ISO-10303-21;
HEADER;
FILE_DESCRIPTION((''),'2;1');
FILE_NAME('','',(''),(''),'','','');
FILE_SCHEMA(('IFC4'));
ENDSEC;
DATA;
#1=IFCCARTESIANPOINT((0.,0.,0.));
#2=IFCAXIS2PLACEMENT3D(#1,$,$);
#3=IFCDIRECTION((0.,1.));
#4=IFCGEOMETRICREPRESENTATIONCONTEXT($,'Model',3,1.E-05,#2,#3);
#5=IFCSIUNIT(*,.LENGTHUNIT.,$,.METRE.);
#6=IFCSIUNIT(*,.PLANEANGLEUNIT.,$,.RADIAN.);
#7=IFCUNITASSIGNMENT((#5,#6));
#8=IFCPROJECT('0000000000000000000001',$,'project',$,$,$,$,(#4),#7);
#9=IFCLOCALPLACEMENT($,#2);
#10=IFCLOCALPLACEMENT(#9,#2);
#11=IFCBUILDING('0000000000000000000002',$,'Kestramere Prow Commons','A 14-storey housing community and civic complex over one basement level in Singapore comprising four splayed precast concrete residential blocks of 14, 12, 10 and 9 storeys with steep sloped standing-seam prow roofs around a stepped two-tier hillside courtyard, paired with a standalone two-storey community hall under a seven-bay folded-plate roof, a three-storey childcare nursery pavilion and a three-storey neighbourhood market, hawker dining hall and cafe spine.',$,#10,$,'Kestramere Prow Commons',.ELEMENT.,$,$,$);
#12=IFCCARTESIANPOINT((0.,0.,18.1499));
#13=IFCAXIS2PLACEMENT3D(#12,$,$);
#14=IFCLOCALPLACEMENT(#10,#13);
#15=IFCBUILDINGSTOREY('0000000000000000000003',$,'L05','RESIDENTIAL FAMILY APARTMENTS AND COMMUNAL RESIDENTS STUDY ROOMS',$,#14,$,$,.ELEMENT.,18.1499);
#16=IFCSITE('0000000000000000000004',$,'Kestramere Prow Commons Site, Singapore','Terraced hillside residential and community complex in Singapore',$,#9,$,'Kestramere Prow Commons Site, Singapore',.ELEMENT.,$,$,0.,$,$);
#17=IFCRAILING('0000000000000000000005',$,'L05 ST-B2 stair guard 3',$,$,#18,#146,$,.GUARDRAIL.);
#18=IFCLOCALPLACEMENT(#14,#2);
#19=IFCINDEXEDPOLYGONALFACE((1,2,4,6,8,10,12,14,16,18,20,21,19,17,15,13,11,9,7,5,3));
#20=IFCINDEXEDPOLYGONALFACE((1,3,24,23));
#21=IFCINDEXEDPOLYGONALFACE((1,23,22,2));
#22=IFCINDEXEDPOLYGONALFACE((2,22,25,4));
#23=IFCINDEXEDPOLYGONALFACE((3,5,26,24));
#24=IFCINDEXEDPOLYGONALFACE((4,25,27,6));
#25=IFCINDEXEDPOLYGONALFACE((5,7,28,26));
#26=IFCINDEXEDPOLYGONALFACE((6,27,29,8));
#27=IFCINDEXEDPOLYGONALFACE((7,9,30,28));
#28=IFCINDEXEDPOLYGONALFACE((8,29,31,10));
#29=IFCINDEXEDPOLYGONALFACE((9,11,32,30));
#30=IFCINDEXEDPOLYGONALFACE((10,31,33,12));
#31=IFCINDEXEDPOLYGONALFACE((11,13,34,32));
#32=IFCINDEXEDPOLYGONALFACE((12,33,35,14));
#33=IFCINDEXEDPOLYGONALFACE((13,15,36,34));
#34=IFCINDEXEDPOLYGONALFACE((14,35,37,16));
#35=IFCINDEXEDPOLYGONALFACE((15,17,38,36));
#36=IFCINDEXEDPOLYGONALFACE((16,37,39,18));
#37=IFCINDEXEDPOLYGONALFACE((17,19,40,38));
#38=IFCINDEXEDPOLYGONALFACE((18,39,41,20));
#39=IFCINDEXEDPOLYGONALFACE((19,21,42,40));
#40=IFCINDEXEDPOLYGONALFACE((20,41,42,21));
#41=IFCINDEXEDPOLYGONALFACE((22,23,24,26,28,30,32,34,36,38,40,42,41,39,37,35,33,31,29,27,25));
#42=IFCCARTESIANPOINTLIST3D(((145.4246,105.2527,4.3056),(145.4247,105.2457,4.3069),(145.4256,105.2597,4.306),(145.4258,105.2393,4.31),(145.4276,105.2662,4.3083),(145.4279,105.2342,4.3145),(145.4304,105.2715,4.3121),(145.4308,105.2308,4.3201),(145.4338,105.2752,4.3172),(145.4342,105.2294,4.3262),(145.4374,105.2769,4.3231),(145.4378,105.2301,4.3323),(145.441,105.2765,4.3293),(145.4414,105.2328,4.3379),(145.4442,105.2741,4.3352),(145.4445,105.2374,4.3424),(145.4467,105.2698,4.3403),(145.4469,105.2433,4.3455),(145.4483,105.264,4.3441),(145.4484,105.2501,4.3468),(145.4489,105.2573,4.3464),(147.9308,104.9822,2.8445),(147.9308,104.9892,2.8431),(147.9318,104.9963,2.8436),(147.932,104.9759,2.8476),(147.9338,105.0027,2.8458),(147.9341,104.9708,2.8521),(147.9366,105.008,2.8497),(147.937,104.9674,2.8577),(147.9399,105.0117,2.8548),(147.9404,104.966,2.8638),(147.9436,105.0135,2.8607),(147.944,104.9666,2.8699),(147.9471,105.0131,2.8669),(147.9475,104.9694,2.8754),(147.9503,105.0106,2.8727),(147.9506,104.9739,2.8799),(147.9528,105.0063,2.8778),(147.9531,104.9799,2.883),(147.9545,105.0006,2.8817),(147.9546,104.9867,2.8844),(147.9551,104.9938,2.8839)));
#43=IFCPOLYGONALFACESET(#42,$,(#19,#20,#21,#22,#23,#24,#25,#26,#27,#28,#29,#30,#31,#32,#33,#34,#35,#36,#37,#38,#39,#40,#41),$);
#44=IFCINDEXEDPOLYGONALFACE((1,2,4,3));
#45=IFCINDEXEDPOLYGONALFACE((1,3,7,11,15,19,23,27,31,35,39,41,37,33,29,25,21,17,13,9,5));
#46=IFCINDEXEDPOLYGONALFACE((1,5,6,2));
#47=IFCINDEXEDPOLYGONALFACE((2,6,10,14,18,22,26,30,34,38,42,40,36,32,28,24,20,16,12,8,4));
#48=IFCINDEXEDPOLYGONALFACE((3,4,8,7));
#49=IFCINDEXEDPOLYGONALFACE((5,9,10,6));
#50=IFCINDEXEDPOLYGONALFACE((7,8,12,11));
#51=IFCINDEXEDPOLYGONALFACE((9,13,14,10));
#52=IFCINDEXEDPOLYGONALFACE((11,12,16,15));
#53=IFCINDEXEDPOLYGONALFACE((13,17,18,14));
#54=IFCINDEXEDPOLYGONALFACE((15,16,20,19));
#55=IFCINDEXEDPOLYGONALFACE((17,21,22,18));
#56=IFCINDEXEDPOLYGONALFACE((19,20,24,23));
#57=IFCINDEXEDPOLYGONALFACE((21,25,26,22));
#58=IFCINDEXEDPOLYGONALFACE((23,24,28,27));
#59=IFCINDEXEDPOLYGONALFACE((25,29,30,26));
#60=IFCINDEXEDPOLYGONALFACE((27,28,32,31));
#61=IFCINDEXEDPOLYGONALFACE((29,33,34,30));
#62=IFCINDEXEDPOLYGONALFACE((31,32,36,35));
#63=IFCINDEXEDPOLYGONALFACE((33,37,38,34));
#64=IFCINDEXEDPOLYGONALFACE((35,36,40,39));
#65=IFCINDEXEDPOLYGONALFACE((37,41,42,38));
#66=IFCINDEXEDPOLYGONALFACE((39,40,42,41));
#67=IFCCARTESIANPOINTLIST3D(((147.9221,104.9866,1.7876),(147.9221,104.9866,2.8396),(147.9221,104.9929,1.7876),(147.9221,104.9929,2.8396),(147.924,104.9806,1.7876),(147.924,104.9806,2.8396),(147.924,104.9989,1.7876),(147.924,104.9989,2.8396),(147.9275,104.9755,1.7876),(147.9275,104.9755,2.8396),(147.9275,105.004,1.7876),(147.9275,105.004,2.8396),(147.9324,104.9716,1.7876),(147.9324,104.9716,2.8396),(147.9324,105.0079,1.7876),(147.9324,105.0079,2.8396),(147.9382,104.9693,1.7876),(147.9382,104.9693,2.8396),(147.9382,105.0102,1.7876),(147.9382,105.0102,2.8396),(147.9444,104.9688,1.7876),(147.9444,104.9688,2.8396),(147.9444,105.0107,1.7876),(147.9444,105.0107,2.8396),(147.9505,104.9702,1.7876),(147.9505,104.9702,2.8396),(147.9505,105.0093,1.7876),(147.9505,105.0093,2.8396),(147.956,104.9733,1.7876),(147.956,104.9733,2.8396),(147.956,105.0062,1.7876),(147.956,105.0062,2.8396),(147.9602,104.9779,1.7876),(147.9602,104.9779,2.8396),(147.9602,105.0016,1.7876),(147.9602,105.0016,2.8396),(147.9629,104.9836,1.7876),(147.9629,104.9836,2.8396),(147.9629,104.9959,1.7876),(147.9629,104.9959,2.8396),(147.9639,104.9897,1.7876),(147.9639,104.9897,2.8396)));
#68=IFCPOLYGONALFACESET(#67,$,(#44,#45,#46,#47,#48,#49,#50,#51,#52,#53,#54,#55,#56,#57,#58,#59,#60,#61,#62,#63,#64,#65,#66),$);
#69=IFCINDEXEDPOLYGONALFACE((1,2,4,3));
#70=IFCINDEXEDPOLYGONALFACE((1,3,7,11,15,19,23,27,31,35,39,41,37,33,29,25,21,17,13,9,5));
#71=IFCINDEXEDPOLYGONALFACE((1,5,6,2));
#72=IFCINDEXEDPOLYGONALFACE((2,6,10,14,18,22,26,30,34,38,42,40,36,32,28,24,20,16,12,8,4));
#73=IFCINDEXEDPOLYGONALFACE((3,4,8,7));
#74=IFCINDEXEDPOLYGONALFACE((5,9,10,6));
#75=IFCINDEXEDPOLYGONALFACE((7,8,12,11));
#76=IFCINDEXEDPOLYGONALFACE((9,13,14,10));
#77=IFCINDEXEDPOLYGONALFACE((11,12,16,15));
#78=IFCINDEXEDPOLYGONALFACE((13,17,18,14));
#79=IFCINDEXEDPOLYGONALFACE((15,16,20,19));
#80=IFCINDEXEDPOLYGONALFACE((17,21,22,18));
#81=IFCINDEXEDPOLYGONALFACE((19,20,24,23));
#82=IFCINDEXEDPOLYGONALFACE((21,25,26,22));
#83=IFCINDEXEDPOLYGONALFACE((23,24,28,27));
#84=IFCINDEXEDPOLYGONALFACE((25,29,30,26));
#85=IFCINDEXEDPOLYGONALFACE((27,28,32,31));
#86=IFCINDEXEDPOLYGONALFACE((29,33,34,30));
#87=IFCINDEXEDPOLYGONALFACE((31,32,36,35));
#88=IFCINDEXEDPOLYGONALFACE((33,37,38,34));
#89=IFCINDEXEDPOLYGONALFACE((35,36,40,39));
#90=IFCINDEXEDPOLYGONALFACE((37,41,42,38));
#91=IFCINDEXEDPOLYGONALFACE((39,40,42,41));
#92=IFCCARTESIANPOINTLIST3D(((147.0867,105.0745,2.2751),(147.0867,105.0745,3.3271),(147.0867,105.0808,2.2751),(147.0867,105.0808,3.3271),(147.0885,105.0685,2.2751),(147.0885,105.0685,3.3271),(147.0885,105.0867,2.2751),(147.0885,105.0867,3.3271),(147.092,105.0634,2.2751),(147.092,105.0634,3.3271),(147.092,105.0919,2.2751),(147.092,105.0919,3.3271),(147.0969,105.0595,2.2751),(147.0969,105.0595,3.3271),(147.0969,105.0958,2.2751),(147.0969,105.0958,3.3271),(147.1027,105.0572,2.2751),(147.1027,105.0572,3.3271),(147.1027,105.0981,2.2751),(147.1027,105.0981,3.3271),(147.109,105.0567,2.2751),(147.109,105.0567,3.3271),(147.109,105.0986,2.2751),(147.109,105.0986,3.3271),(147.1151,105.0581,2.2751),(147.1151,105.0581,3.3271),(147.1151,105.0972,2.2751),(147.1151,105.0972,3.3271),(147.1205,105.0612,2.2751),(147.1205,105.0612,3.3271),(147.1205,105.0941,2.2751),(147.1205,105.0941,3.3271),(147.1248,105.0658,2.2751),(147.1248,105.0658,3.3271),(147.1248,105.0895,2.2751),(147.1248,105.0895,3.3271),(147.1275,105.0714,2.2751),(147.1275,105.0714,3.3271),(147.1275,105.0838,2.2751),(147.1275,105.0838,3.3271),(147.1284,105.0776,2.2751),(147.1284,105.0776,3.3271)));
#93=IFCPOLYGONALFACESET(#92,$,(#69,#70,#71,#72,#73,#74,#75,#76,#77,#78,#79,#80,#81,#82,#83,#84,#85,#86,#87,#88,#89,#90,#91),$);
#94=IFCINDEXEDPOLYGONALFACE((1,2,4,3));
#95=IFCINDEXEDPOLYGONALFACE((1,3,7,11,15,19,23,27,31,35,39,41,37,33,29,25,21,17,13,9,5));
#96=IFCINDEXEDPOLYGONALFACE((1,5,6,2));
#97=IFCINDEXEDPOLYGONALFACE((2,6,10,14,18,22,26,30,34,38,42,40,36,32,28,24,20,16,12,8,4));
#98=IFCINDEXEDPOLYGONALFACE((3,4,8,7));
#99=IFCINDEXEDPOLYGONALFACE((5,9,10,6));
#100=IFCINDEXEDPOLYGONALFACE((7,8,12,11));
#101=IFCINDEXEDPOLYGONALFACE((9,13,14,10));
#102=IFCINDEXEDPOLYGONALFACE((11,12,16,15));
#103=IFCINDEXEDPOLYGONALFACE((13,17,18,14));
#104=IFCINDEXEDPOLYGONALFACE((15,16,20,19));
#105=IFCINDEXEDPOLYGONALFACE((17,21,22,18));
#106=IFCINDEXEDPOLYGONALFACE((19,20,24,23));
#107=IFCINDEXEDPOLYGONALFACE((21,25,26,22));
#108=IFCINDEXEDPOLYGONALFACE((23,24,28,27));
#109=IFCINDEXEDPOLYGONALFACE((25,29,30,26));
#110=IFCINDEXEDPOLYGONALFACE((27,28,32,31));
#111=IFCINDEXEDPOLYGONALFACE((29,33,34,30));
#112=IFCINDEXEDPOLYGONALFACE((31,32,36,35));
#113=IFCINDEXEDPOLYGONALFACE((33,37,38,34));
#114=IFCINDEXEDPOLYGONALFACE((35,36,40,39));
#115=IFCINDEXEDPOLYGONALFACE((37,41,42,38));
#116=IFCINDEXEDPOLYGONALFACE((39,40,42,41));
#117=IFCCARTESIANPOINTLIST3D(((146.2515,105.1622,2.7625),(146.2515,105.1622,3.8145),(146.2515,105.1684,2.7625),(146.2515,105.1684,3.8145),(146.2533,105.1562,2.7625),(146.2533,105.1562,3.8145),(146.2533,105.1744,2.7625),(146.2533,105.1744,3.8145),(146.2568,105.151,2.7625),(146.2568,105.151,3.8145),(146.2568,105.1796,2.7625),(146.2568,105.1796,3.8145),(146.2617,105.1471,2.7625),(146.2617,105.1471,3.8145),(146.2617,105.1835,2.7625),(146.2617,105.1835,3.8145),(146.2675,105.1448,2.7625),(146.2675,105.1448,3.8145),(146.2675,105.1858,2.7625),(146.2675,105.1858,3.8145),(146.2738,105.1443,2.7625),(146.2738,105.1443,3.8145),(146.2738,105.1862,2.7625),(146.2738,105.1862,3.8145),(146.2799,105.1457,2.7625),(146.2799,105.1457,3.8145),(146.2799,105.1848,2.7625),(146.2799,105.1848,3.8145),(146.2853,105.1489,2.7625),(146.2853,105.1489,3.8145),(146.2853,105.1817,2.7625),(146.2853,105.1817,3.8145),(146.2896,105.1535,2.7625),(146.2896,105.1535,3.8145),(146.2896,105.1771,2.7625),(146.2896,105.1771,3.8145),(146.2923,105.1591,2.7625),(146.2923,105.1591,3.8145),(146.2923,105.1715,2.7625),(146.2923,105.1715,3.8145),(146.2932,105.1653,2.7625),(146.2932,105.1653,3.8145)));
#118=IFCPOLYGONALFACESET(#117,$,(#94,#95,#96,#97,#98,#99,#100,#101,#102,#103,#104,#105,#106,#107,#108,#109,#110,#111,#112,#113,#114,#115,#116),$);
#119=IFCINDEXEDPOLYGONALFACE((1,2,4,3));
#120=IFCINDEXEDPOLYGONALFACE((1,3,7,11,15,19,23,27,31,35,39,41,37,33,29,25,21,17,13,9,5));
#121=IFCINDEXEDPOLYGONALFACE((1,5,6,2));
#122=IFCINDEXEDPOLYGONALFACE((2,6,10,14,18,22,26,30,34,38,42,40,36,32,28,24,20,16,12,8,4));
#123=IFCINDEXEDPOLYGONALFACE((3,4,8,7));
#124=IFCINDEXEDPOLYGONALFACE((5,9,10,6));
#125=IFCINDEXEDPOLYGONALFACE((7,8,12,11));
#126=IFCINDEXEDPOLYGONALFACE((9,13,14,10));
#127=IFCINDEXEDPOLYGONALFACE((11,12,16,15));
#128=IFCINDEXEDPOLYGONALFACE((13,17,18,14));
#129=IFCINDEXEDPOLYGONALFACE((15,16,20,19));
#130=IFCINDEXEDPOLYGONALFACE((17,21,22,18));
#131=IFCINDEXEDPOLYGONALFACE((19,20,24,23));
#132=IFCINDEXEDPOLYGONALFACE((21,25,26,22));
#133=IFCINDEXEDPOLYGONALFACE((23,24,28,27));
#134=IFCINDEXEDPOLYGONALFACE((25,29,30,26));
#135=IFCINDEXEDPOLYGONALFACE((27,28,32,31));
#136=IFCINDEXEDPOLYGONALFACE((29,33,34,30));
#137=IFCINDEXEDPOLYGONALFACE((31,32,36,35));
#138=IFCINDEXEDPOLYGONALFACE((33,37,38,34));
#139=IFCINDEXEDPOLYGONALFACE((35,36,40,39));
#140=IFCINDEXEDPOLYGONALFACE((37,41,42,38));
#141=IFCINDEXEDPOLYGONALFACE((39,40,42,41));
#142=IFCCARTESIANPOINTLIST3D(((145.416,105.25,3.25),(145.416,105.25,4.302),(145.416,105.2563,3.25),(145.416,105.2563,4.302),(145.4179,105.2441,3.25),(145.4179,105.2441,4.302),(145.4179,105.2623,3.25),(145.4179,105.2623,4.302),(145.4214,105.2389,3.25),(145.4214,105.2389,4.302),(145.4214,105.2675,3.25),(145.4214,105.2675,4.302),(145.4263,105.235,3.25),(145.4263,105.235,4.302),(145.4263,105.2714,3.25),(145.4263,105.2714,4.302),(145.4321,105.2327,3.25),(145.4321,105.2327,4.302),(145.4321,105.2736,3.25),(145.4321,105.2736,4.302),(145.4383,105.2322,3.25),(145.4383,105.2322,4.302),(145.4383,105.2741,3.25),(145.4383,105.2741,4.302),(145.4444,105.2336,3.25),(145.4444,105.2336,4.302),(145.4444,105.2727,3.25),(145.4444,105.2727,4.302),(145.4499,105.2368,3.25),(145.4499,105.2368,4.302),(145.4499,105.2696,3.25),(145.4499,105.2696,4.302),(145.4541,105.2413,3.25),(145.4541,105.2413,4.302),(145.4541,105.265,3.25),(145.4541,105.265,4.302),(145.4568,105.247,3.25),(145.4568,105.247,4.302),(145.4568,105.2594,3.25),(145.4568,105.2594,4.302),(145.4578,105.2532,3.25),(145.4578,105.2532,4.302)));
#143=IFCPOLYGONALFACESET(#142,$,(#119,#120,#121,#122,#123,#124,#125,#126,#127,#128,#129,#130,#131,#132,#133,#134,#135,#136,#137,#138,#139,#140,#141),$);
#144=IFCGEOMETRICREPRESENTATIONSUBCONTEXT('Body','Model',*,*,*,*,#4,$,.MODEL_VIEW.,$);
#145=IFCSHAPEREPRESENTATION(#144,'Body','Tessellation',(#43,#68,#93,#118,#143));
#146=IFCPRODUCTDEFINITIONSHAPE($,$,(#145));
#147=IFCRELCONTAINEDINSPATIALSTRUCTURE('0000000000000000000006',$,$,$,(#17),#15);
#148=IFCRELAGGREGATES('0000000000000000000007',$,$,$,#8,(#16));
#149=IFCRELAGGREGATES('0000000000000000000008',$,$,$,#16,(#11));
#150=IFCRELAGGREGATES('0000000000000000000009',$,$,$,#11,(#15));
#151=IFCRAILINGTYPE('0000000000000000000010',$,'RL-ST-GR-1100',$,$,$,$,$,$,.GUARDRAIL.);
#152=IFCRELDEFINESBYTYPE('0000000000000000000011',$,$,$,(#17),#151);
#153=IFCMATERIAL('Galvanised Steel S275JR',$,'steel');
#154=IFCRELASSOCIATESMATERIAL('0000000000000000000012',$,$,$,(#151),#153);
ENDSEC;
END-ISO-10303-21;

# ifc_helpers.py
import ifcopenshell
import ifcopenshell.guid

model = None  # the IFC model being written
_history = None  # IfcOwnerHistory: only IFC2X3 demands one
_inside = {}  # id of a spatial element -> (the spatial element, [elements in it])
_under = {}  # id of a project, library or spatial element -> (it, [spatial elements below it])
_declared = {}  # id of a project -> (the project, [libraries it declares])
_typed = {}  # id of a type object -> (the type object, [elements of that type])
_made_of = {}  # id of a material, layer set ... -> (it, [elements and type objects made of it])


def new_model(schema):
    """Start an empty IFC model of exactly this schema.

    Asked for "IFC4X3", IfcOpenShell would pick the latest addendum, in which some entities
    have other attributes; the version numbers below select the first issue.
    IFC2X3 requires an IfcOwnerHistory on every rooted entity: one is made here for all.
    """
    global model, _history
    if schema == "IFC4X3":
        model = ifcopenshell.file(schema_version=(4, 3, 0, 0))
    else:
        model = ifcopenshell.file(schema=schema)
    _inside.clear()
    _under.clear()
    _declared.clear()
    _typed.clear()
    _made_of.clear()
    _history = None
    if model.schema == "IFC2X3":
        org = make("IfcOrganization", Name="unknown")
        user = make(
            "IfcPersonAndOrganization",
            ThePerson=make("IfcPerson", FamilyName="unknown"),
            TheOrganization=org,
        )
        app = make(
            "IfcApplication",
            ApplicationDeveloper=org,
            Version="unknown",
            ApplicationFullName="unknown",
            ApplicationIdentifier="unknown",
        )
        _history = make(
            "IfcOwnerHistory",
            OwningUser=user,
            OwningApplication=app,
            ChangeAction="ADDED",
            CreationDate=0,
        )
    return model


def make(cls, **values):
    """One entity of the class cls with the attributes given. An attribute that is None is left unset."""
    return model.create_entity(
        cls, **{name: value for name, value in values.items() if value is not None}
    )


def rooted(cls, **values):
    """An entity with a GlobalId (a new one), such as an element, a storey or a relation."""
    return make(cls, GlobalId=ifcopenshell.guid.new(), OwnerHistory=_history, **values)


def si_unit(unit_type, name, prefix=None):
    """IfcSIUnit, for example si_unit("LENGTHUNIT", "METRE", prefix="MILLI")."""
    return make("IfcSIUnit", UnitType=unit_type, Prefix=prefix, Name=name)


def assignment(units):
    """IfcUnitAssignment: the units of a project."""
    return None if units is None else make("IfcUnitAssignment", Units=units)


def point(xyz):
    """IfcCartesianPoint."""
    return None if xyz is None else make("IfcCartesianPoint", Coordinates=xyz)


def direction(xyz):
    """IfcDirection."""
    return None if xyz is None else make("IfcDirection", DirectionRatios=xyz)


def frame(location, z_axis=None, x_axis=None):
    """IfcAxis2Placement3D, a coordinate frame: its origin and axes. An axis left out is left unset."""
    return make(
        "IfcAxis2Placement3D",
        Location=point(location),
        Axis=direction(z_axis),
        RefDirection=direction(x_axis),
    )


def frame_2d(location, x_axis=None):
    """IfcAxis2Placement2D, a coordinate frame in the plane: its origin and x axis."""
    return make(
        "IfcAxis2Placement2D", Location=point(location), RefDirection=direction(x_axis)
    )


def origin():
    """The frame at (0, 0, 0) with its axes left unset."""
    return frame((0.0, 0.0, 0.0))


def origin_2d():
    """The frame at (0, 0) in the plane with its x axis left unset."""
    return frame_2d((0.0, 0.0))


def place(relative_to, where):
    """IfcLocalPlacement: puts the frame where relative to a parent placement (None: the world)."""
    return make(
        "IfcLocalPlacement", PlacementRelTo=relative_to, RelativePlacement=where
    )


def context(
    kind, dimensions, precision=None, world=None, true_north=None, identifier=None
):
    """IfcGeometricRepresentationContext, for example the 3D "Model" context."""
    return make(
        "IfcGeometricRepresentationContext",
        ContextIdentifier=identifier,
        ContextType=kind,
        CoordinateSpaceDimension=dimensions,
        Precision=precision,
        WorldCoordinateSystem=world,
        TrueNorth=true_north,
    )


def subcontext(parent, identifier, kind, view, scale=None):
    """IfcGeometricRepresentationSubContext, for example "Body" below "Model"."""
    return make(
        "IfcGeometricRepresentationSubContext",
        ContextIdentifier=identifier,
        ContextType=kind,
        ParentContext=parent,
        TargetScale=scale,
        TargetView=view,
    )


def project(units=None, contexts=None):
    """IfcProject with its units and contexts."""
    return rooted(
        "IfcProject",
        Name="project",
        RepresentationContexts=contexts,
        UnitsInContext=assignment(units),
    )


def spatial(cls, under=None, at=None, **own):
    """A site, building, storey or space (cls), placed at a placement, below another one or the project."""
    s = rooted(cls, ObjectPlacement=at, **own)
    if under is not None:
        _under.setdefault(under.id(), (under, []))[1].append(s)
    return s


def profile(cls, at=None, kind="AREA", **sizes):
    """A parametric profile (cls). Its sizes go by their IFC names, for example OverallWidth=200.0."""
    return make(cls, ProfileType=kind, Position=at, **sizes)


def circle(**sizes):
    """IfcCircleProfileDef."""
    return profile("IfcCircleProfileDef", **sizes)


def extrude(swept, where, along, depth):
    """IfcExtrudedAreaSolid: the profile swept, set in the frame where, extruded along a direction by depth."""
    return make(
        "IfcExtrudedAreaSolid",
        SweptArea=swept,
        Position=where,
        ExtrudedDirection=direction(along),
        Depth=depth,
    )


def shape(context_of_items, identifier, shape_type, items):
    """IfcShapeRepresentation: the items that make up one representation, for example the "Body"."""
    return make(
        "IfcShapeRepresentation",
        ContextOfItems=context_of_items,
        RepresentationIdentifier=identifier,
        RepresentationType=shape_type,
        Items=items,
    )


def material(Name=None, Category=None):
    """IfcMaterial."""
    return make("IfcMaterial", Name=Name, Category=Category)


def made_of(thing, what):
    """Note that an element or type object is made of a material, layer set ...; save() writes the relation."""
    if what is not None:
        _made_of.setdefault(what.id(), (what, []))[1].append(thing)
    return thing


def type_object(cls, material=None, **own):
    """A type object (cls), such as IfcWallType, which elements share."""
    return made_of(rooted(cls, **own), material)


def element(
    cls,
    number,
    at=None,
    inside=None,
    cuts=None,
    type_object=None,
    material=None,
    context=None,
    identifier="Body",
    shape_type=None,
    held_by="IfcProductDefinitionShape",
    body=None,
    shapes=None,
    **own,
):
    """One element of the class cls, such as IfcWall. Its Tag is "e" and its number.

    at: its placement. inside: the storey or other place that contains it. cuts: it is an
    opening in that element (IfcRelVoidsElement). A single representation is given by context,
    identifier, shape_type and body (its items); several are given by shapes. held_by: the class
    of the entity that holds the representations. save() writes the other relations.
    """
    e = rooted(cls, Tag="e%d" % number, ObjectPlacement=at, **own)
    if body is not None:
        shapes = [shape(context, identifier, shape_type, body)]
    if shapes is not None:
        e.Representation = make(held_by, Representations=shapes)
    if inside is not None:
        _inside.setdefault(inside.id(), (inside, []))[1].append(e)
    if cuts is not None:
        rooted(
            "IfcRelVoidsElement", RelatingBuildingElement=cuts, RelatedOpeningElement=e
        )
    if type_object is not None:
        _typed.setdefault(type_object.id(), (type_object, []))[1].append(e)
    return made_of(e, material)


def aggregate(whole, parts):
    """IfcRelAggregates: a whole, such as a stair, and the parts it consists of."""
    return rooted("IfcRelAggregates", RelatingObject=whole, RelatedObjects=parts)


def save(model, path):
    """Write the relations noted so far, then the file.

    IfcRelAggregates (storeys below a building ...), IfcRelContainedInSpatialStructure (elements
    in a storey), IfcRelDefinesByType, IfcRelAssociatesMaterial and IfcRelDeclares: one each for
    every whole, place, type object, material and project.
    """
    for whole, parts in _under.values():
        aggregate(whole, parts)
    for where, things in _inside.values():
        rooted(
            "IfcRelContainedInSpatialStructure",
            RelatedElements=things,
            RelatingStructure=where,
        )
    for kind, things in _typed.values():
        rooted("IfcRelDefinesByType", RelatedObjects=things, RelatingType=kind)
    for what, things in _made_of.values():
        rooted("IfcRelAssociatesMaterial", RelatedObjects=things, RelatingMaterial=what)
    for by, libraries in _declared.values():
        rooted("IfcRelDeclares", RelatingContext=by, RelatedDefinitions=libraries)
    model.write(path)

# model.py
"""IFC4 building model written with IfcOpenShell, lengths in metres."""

from ifc_helpers import new_model, si_unit, direction, frame, origin, origin_2d, place, context, subcontext, project, spatial, circle, extrude, material, type_object, element, save


model = new_model("IFC4")

# Units and contexts
model_context = context("Model", 3, precision=1e-05, world=origin(), true_north=direction((0.0, 1.0)))
body_context = subcontext(model_context, "Body", "Model", "MODEL_VIEW")
ifc_project = project(units=[si_unit("LENGTHUNIT", "METRE"), si_unit("PLANEANGLEUNIT", "RADIAN")], contexts=[model_context])

# Site, building, storey
site_placement = place(None, origin())
site = spatial("IfcSite", under=ifc_project, at=site_placement, Name="Kestramere Prow Commons Site, Singapore", Description="Terraced hillside residential and community complex in Singapore", LongName="Kestramere Prow Commons Site, Singapore", CompositionType="ELEMENT", RefElevation=0.0)
building_placement = place(site_placement, origin())
building = spatial("IfcBuilding", under=site, at=building_placement, Name="Kestramere Prow Commons", Description="A 14-storey housing community and civic complex over one basement level in Singapore comprising four splayed precast concrete residential blocks of 14, 12, 10 and 9 storeys with steep sloped standing-seam prow roofs around a stepped two-tier hillside courtyard, paired with a standalone two-storey community hall under a seven-bay folded-plate roof, a three-storey childcare nursery pavilion and a three-storey neighbourhood market, hawker dining hall and cafe spine.", LongName="Kestramere Prow Commons", CompositionType="ELEMENT")
storey_placement = place(building_placement, frame((0.0, 0.0, 18.1499)))
storey = spatial("IfcBuildingStorey", under=building, at=storey_placement, Name="L05", Description="RESIDENTIAL FAMILY APARTMENTS AND COMMUNAL RESIDENTS STUDY ROOMS", CompositionType="ELEMENT", Elevation=18.1499)

# Railing
ifc_material_1 = material(Name="Galvanised Steel S275JR", Category="steel")
railing_type_1 = type_object("IfcRailingType", Name="RL-ST-GR-1100", PredefinedType="GUARDRAIL", material=ifc_material_1)
railing_1_placement = place(storey_placement, frame((147.9429, 104.9897, 1.7876)))
element("IfcRailing", 1, at=railing_1_placement, inside=storey, type_object=railing_type_1, Name="L05 ST-B2 stair guard 3", PredefinedType="GUARDRAIL", context=body_context, shape_type="SweptSolid", body=[
    extrude(circle(Radius=0.0239, at=origin_2d()), frame((0.0, 0.0, 1.0762), z_axis=(-0.860165, 0.090416, 0.501937), x_axis=(-0.104539, -0.994521, 0.0)), (0.0, 0.0, 1.0), 2.9136),
    extrude(circle(Radius=0.021, at=origin_2d()), origin(), (0.0, 0.0, 1.0), 1.052),
    extrude(circle(Radius=0.021, at=origin_2d()), frame((-0.8354, 0.0879, 0.4875)), (0.0, 0.0, 1.0), 1.052),
    extrude(circle(Radius=0.021, at=origin_2d()), frame((-1.6707, 0.1755, 0.9749)), (0.0, 0.0, 1.0), 1.052),
    extrude(circle(Radius=0.021, at=origin_2d()), frame((-2.5061, 0.2634, 1.4624)), (0.0, 0.0, 1.0), 1.052),
])

save(model, "model.ifc")
